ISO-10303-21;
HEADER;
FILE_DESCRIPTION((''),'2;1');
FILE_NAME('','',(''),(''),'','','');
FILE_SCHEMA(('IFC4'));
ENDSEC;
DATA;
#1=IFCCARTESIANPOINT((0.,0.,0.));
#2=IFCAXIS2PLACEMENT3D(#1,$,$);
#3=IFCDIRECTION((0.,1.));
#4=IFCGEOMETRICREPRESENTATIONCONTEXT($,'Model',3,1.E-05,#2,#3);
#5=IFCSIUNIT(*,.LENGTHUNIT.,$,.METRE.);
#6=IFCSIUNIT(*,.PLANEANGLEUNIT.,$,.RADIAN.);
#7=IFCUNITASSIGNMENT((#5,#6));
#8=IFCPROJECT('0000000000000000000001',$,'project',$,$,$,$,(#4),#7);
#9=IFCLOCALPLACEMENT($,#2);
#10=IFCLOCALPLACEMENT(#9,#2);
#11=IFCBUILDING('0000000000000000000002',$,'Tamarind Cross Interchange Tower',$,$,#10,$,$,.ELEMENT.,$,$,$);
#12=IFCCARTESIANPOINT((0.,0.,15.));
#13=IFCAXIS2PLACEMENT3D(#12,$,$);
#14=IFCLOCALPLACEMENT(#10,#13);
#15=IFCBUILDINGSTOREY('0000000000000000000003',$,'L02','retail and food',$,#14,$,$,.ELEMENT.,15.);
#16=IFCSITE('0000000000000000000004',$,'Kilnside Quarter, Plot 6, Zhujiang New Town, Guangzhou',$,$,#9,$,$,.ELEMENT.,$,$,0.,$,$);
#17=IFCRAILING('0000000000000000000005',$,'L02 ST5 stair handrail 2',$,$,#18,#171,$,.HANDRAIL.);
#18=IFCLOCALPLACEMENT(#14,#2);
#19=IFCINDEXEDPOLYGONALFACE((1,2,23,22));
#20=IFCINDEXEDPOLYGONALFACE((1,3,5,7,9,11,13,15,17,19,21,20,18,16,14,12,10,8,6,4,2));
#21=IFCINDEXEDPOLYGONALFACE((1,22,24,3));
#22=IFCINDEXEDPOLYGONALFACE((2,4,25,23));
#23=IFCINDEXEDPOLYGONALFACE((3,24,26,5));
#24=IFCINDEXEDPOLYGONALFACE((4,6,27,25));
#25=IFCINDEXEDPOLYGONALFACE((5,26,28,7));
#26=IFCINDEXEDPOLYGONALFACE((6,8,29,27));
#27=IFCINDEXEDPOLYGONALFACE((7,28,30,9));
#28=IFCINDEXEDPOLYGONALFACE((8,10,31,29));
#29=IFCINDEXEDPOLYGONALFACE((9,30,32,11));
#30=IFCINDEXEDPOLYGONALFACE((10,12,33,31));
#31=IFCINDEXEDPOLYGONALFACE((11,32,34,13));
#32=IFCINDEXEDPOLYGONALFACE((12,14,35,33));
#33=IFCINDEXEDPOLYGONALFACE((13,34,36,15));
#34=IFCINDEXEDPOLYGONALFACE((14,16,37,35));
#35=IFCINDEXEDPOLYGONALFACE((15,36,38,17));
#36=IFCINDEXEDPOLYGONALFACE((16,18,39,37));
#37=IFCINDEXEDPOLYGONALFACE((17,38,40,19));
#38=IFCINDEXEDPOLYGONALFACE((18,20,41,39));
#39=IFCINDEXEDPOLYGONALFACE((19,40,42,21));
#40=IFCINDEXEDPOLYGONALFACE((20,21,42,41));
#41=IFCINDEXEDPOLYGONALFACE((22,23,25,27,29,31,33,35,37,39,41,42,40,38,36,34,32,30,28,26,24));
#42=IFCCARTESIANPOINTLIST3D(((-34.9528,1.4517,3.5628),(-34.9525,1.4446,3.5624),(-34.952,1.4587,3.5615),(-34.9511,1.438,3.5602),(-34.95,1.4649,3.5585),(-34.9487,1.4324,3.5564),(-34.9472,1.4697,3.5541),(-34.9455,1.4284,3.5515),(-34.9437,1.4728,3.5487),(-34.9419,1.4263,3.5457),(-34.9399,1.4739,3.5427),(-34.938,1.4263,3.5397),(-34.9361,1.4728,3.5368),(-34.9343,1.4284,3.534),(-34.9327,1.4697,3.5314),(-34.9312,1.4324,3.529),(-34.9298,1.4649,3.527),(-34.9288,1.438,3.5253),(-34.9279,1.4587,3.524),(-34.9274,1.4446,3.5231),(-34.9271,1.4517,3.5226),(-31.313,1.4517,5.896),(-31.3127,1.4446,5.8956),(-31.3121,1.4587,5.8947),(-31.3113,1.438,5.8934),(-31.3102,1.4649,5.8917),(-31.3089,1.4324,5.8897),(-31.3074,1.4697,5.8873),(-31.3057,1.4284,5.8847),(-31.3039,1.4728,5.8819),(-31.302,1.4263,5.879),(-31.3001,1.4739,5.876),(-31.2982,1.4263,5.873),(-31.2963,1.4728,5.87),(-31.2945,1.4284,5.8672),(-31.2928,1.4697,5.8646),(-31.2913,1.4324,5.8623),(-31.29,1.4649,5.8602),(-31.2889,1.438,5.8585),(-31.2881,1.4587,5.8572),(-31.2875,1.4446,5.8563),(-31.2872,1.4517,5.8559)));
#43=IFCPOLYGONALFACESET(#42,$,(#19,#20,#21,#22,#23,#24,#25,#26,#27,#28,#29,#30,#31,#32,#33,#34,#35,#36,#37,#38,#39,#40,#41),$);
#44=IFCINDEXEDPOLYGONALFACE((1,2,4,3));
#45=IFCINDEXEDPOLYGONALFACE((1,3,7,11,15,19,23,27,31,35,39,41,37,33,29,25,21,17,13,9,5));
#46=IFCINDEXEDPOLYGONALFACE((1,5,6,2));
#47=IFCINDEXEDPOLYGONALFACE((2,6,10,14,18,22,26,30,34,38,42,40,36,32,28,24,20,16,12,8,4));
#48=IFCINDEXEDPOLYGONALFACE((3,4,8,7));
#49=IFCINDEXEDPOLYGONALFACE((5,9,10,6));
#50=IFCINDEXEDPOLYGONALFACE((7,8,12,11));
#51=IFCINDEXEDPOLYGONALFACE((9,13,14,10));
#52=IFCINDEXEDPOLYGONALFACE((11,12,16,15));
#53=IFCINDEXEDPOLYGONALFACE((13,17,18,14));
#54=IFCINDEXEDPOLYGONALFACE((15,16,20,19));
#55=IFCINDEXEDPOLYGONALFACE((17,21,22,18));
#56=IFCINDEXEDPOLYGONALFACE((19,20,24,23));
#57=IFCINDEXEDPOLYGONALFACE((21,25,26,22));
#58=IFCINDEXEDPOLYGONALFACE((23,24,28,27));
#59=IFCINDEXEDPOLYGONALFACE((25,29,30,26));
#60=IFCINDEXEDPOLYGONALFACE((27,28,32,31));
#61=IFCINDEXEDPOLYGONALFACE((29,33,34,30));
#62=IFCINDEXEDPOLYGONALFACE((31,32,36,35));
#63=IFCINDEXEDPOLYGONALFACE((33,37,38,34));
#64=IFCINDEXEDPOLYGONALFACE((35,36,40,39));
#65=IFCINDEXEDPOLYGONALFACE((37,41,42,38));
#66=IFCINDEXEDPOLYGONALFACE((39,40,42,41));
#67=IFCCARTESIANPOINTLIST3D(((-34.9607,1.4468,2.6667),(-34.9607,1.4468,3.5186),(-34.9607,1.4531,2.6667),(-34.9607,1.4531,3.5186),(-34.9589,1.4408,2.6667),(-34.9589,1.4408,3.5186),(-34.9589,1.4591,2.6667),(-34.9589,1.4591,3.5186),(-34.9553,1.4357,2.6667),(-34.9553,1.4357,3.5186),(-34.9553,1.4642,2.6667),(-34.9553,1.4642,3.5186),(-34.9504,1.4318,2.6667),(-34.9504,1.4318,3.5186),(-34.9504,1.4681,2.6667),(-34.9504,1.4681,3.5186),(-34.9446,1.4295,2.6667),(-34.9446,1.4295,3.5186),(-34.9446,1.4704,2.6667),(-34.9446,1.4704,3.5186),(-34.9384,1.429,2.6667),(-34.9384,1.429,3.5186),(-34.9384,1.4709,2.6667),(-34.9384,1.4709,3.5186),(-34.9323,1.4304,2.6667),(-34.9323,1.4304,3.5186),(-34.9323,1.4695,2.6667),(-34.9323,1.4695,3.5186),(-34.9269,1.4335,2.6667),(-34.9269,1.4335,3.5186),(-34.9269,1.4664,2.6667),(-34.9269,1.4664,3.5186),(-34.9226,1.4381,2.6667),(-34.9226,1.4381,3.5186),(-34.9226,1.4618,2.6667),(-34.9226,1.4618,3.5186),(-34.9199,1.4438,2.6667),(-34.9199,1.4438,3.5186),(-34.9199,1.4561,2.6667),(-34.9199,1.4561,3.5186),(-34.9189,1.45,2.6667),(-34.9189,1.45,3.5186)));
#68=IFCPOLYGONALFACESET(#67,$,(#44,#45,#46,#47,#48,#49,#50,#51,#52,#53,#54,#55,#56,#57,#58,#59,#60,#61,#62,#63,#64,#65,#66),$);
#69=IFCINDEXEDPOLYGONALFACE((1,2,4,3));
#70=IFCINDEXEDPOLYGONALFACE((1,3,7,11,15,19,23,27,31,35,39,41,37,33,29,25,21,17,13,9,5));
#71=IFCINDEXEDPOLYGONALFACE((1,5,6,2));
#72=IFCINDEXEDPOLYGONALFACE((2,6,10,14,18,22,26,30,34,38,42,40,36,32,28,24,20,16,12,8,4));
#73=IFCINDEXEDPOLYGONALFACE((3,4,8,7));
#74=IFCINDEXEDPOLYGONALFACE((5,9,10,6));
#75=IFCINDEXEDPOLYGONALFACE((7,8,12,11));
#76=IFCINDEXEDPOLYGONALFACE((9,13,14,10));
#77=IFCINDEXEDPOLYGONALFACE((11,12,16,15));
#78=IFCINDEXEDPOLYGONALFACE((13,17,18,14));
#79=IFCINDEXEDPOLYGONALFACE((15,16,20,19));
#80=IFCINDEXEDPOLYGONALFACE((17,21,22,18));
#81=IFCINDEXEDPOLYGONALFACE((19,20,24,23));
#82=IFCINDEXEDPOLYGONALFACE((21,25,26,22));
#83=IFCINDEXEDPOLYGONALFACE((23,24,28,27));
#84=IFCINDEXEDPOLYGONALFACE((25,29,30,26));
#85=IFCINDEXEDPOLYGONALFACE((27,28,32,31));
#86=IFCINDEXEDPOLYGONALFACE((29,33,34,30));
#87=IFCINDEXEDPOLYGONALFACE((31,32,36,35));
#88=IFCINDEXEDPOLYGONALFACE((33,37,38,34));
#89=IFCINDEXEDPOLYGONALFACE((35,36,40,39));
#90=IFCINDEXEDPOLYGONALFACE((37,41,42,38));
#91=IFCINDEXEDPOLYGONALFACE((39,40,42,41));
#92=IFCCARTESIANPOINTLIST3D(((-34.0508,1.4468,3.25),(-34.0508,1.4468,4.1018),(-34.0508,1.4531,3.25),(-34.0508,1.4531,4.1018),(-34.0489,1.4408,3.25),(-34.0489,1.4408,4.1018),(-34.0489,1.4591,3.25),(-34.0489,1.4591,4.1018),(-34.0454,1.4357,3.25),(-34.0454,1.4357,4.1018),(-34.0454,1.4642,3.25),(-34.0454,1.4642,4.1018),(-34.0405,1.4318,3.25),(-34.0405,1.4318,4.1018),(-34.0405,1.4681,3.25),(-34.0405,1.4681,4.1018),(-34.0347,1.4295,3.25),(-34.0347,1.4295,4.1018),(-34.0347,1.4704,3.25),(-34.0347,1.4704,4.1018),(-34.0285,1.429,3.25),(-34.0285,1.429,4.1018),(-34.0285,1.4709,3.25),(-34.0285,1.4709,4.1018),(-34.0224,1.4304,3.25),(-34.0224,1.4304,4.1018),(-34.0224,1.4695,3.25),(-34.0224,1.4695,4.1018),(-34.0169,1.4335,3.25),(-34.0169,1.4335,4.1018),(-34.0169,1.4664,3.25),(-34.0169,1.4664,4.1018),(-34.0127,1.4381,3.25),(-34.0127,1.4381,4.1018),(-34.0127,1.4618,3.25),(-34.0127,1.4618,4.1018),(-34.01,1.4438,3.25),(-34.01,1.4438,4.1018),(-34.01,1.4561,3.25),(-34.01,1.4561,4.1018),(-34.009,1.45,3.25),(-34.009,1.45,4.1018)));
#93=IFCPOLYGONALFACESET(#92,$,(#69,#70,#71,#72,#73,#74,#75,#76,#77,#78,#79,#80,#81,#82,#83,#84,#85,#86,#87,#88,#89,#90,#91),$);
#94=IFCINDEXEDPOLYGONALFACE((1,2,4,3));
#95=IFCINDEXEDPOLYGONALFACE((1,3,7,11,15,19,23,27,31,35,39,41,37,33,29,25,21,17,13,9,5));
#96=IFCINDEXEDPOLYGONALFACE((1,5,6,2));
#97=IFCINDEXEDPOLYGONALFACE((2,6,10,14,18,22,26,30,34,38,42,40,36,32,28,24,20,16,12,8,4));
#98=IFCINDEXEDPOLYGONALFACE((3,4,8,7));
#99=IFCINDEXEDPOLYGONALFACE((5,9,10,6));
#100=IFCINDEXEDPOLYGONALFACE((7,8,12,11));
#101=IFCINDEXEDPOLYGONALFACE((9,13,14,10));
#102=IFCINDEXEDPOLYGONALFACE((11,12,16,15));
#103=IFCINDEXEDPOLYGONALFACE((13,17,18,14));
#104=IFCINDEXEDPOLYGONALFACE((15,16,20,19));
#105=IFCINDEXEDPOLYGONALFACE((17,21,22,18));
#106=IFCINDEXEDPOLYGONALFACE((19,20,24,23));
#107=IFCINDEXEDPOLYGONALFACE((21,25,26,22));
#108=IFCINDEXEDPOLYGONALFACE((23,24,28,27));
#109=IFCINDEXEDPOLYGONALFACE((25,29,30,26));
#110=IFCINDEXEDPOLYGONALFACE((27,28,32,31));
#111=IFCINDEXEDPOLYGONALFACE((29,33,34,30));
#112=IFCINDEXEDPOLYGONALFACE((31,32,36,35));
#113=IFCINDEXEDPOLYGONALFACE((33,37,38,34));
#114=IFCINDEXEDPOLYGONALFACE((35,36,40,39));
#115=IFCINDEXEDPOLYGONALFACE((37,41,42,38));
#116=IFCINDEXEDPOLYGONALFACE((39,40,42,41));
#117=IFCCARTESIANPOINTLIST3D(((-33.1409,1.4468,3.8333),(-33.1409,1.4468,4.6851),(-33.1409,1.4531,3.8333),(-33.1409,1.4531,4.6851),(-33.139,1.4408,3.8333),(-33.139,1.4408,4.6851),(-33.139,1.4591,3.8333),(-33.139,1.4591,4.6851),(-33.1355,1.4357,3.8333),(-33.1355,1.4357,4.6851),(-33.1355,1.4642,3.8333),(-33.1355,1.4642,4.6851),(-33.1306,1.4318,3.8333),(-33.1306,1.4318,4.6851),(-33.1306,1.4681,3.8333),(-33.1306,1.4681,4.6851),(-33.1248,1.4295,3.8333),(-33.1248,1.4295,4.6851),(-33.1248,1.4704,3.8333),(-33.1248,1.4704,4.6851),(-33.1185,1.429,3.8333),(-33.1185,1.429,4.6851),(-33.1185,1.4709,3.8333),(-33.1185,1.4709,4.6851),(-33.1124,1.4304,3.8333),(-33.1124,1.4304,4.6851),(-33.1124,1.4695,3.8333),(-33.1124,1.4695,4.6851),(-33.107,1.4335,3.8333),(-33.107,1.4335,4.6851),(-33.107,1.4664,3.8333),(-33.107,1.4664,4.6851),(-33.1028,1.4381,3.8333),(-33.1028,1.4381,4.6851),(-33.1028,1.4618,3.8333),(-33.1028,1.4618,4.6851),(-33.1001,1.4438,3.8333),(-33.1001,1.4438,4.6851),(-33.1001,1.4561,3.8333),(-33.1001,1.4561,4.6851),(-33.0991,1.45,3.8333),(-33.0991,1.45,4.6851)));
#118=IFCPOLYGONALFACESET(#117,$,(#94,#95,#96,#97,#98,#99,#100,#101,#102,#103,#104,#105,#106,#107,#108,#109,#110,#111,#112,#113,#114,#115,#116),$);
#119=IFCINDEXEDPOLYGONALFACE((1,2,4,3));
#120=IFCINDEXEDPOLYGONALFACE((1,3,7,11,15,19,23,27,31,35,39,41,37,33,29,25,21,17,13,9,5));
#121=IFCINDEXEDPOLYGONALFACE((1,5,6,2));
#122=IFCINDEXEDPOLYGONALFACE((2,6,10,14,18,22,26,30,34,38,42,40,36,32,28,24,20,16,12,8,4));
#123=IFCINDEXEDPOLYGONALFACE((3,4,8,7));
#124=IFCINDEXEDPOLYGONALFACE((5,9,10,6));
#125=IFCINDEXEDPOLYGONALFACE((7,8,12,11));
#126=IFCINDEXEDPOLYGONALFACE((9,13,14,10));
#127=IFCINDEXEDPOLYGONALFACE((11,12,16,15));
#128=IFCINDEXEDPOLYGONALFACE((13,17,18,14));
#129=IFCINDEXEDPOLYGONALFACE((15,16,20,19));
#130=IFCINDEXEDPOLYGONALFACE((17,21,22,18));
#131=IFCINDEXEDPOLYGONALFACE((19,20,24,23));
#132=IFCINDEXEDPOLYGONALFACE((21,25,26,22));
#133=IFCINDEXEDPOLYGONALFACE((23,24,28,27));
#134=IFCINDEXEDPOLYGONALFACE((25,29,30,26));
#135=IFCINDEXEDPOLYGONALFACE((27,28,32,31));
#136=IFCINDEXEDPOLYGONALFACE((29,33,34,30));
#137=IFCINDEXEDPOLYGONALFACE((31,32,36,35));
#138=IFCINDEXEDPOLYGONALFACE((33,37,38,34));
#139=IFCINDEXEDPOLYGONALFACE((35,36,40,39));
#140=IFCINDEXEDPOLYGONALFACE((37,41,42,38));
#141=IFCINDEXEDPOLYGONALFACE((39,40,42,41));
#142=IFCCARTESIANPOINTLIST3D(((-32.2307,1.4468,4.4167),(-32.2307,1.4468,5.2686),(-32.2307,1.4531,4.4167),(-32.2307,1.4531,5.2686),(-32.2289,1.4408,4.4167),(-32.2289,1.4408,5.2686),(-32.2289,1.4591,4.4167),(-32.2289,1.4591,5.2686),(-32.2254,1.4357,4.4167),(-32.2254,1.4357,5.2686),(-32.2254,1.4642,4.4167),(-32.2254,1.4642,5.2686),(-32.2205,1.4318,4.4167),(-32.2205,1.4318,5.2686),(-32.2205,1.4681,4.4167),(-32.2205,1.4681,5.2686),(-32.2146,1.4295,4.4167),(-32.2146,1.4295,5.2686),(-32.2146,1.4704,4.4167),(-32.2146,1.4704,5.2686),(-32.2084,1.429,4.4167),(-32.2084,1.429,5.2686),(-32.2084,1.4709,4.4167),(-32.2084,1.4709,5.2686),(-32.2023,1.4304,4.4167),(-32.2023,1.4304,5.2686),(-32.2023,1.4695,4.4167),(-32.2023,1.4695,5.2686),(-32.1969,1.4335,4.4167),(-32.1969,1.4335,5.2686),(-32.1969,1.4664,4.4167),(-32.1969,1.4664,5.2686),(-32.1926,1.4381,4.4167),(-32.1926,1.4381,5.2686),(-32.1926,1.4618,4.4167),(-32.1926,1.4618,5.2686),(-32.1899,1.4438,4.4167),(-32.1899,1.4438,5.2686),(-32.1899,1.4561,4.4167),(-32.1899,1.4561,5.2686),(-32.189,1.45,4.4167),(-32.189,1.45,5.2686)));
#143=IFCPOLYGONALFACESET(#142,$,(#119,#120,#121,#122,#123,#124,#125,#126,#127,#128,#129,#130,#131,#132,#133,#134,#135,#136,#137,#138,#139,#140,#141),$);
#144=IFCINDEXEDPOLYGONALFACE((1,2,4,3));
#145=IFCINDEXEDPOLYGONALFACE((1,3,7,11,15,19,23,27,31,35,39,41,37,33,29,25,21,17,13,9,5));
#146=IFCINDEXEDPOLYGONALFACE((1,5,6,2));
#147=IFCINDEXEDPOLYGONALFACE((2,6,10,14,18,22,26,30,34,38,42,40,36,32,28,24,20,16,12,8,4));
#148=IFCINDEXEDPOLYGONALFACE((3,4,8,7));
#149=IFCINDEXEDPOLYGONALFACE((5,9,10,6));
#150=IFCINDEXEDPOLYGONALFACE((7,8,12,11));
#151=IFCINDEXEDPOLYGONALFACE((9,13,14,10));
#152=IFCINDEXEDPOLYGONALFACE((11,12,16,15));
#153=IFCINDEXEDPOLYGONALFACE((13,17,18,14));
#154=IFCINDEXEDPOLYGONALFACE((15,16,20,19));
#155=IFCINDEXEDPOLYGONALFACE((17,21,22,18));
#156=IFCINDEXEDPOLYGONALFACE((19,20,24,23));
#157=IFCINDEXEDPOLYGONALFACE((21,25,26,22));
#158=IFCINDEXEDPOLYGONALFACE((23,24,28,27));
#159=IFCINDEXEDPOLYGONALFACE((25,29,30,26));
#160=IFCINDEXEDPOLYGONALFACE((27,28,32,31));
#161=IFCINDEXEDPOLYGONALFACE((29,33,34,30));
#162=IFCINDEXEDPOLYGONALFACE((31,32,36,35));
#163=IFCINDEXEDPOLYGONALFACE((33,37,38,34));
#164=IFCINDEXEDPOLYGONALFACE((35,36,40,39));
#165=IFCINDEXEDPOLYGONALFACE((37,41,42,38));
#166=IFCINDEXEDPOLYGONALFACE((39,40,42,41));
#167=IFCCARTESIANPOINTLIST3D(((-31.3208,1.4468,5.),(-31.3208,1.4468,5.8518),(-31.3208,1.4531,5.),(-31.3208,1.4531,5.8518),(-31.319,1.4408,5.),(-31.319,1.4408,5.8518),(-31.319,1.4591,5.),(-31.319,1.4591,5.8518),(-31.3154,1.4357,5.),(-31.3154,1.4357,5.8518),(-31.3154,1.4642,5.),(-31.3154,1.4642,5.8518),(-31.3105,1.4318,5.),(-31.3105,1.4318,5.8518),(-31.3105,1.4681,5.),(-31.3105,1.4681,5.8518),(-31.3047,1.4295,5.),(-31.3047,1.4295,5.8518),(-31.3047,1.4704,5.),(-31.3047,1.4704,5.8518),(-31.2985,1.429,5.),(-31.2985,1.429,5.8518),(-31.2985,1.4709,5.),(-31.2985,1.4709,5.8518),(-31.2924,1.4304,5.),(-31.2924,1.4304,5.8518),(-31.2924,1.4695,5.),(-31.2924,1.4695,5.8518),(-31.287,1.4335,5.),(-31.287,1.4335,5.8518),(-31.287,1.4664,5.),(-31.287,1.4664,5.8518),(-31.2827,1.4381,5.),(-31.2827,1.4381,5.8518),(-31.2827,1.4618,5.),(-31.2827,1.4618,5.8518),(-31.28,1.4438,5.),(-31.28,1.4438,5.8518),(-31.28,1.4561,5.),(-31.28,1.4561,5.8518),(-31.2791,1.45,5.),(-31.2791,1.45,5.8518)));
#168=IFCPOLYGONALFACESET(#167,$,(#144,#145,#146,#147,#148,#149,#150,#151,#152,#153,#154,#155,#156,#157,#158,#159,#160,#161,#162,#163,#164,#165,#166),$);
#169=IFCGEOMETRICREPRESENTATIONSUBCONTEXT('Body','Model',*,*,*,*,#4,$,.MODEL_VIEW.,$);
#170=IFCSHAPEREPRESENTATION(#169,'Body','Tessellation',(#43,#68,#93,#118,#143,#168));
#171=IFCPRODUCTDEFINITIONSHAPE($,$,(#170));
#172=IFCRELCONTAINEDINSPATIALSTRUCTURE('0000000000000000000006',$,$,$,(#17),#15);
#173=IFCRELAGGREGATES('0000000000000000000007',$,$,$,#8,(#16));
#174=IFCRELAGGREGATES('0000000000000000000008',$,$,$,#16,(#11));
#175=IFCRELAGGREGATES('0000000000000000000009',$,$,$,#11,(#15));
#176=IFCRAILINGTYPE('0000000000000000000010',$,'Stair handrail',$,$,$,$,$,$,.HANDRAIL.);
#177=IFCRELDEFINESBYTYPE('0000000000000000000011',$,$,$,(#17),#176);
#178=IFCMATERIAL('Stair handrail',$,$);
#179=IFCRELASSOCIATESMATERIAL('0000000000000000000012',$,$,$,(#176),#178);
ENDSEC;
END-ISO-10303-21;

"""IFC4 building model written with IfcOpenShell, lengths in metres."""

from ifc_helpers import new_model, si_unit, direction, frame, origin, origin_2d, place, context, subcontext, project, spatial, circle, extrude, material, type_object, element, save


model = new_model("IFC4")

# Units and contexts
model_context = context("Model", 3, precision=1e-05, world=origin(), true_north=direction((0.0, 1.0)))
body_context = subcontext(model_context, "Body", "Model", "MODEL_VIEW")
ifc_project = project(units=[si_unit("LENGTHUNIT", "METRE"), si_unit("PLANEANGLEUNIT", "RADIAN")], contexts=[model_context])

# Site, building, storey
site_placement = place(None, origin())
site = spatial("IfcSite", under=ifc_project, at=site_placement, Name="Kilnside Quarter, Plot 6, Zhujiang New Town, Guangzhou", CompositionType="ELEMENT", RefElevation=0.0)
building_placement = place(site_placement, origin())
building = spatial("IfcBuilding", under=site, at=building_placement, Name="Tamarind Cross Interchange Tower", CompositionType="ELEMENT")
storey_placement = place(building_placement, frame((0.0, 0.0, 15.0)))
storey = spatial("IfcBuildingStorey", under=building, at=storey_placement, Name="L02", Description="retail and food", CompositionType="ELEMENT", Elevation=15.0)

# Railing
ifc_material_1 = material(Name="Stair handrail")
railing_type_1 = type_object("IfcRailingType", Name="Stair handrail", PredefinedType="HANDRAIL", material=ifc_material_1)
railing_1_placement = place(storey_placement, frame((-34.9399, 1.45, 2.6667)))
element("IfcRailing", 1, at=railing_1_placement, inside=storey, type_object=railing_type_1, Name="L02 ST5 stair handrail 2", PredefinedType="HANDRAIL", context=body_context, shape_type="SweptSolid", body=[
    extrude(circle(Radius=0.0239, at=origin_2d()), frame((0.0, 0.0, 0.876), z_axis=(0.84188, 0.0, 0.539664), x_axis=(0.0, 1.0, 0.0)), (0.0, 0.0, 1.0), 4.3235),
    extrude(circle(Radius=0.021, at=origin_2d()), origin(), (0.0, 0.0, 1.0), 0.8518),
    extrude(circle(Radius=0.021, at=origin_2d()), frame((0.9099, 0.0, 0.5833)), (0.0, 0.0, 1.0), 0.8518),
    extrude(circle(Radius=0.021, at=origin_2d()), frame((1.8198, 0.0, 1.1665)), (0.0, 0.0, 1.0), 0.8518),
    extrude(circle(Radius=0.021, at=origin_2d()), frame((2.73, 0.0, 1.75)), (0.0, 0.0, 1.0), 0.8518),
    extrude(circle(Radius=0.021, at=origin_2d()), frame((3.6399, 0.0, 2.3333)), (0.0, 0.0, 1.0), 0.8518),
])

save(model, "model.ifc")
